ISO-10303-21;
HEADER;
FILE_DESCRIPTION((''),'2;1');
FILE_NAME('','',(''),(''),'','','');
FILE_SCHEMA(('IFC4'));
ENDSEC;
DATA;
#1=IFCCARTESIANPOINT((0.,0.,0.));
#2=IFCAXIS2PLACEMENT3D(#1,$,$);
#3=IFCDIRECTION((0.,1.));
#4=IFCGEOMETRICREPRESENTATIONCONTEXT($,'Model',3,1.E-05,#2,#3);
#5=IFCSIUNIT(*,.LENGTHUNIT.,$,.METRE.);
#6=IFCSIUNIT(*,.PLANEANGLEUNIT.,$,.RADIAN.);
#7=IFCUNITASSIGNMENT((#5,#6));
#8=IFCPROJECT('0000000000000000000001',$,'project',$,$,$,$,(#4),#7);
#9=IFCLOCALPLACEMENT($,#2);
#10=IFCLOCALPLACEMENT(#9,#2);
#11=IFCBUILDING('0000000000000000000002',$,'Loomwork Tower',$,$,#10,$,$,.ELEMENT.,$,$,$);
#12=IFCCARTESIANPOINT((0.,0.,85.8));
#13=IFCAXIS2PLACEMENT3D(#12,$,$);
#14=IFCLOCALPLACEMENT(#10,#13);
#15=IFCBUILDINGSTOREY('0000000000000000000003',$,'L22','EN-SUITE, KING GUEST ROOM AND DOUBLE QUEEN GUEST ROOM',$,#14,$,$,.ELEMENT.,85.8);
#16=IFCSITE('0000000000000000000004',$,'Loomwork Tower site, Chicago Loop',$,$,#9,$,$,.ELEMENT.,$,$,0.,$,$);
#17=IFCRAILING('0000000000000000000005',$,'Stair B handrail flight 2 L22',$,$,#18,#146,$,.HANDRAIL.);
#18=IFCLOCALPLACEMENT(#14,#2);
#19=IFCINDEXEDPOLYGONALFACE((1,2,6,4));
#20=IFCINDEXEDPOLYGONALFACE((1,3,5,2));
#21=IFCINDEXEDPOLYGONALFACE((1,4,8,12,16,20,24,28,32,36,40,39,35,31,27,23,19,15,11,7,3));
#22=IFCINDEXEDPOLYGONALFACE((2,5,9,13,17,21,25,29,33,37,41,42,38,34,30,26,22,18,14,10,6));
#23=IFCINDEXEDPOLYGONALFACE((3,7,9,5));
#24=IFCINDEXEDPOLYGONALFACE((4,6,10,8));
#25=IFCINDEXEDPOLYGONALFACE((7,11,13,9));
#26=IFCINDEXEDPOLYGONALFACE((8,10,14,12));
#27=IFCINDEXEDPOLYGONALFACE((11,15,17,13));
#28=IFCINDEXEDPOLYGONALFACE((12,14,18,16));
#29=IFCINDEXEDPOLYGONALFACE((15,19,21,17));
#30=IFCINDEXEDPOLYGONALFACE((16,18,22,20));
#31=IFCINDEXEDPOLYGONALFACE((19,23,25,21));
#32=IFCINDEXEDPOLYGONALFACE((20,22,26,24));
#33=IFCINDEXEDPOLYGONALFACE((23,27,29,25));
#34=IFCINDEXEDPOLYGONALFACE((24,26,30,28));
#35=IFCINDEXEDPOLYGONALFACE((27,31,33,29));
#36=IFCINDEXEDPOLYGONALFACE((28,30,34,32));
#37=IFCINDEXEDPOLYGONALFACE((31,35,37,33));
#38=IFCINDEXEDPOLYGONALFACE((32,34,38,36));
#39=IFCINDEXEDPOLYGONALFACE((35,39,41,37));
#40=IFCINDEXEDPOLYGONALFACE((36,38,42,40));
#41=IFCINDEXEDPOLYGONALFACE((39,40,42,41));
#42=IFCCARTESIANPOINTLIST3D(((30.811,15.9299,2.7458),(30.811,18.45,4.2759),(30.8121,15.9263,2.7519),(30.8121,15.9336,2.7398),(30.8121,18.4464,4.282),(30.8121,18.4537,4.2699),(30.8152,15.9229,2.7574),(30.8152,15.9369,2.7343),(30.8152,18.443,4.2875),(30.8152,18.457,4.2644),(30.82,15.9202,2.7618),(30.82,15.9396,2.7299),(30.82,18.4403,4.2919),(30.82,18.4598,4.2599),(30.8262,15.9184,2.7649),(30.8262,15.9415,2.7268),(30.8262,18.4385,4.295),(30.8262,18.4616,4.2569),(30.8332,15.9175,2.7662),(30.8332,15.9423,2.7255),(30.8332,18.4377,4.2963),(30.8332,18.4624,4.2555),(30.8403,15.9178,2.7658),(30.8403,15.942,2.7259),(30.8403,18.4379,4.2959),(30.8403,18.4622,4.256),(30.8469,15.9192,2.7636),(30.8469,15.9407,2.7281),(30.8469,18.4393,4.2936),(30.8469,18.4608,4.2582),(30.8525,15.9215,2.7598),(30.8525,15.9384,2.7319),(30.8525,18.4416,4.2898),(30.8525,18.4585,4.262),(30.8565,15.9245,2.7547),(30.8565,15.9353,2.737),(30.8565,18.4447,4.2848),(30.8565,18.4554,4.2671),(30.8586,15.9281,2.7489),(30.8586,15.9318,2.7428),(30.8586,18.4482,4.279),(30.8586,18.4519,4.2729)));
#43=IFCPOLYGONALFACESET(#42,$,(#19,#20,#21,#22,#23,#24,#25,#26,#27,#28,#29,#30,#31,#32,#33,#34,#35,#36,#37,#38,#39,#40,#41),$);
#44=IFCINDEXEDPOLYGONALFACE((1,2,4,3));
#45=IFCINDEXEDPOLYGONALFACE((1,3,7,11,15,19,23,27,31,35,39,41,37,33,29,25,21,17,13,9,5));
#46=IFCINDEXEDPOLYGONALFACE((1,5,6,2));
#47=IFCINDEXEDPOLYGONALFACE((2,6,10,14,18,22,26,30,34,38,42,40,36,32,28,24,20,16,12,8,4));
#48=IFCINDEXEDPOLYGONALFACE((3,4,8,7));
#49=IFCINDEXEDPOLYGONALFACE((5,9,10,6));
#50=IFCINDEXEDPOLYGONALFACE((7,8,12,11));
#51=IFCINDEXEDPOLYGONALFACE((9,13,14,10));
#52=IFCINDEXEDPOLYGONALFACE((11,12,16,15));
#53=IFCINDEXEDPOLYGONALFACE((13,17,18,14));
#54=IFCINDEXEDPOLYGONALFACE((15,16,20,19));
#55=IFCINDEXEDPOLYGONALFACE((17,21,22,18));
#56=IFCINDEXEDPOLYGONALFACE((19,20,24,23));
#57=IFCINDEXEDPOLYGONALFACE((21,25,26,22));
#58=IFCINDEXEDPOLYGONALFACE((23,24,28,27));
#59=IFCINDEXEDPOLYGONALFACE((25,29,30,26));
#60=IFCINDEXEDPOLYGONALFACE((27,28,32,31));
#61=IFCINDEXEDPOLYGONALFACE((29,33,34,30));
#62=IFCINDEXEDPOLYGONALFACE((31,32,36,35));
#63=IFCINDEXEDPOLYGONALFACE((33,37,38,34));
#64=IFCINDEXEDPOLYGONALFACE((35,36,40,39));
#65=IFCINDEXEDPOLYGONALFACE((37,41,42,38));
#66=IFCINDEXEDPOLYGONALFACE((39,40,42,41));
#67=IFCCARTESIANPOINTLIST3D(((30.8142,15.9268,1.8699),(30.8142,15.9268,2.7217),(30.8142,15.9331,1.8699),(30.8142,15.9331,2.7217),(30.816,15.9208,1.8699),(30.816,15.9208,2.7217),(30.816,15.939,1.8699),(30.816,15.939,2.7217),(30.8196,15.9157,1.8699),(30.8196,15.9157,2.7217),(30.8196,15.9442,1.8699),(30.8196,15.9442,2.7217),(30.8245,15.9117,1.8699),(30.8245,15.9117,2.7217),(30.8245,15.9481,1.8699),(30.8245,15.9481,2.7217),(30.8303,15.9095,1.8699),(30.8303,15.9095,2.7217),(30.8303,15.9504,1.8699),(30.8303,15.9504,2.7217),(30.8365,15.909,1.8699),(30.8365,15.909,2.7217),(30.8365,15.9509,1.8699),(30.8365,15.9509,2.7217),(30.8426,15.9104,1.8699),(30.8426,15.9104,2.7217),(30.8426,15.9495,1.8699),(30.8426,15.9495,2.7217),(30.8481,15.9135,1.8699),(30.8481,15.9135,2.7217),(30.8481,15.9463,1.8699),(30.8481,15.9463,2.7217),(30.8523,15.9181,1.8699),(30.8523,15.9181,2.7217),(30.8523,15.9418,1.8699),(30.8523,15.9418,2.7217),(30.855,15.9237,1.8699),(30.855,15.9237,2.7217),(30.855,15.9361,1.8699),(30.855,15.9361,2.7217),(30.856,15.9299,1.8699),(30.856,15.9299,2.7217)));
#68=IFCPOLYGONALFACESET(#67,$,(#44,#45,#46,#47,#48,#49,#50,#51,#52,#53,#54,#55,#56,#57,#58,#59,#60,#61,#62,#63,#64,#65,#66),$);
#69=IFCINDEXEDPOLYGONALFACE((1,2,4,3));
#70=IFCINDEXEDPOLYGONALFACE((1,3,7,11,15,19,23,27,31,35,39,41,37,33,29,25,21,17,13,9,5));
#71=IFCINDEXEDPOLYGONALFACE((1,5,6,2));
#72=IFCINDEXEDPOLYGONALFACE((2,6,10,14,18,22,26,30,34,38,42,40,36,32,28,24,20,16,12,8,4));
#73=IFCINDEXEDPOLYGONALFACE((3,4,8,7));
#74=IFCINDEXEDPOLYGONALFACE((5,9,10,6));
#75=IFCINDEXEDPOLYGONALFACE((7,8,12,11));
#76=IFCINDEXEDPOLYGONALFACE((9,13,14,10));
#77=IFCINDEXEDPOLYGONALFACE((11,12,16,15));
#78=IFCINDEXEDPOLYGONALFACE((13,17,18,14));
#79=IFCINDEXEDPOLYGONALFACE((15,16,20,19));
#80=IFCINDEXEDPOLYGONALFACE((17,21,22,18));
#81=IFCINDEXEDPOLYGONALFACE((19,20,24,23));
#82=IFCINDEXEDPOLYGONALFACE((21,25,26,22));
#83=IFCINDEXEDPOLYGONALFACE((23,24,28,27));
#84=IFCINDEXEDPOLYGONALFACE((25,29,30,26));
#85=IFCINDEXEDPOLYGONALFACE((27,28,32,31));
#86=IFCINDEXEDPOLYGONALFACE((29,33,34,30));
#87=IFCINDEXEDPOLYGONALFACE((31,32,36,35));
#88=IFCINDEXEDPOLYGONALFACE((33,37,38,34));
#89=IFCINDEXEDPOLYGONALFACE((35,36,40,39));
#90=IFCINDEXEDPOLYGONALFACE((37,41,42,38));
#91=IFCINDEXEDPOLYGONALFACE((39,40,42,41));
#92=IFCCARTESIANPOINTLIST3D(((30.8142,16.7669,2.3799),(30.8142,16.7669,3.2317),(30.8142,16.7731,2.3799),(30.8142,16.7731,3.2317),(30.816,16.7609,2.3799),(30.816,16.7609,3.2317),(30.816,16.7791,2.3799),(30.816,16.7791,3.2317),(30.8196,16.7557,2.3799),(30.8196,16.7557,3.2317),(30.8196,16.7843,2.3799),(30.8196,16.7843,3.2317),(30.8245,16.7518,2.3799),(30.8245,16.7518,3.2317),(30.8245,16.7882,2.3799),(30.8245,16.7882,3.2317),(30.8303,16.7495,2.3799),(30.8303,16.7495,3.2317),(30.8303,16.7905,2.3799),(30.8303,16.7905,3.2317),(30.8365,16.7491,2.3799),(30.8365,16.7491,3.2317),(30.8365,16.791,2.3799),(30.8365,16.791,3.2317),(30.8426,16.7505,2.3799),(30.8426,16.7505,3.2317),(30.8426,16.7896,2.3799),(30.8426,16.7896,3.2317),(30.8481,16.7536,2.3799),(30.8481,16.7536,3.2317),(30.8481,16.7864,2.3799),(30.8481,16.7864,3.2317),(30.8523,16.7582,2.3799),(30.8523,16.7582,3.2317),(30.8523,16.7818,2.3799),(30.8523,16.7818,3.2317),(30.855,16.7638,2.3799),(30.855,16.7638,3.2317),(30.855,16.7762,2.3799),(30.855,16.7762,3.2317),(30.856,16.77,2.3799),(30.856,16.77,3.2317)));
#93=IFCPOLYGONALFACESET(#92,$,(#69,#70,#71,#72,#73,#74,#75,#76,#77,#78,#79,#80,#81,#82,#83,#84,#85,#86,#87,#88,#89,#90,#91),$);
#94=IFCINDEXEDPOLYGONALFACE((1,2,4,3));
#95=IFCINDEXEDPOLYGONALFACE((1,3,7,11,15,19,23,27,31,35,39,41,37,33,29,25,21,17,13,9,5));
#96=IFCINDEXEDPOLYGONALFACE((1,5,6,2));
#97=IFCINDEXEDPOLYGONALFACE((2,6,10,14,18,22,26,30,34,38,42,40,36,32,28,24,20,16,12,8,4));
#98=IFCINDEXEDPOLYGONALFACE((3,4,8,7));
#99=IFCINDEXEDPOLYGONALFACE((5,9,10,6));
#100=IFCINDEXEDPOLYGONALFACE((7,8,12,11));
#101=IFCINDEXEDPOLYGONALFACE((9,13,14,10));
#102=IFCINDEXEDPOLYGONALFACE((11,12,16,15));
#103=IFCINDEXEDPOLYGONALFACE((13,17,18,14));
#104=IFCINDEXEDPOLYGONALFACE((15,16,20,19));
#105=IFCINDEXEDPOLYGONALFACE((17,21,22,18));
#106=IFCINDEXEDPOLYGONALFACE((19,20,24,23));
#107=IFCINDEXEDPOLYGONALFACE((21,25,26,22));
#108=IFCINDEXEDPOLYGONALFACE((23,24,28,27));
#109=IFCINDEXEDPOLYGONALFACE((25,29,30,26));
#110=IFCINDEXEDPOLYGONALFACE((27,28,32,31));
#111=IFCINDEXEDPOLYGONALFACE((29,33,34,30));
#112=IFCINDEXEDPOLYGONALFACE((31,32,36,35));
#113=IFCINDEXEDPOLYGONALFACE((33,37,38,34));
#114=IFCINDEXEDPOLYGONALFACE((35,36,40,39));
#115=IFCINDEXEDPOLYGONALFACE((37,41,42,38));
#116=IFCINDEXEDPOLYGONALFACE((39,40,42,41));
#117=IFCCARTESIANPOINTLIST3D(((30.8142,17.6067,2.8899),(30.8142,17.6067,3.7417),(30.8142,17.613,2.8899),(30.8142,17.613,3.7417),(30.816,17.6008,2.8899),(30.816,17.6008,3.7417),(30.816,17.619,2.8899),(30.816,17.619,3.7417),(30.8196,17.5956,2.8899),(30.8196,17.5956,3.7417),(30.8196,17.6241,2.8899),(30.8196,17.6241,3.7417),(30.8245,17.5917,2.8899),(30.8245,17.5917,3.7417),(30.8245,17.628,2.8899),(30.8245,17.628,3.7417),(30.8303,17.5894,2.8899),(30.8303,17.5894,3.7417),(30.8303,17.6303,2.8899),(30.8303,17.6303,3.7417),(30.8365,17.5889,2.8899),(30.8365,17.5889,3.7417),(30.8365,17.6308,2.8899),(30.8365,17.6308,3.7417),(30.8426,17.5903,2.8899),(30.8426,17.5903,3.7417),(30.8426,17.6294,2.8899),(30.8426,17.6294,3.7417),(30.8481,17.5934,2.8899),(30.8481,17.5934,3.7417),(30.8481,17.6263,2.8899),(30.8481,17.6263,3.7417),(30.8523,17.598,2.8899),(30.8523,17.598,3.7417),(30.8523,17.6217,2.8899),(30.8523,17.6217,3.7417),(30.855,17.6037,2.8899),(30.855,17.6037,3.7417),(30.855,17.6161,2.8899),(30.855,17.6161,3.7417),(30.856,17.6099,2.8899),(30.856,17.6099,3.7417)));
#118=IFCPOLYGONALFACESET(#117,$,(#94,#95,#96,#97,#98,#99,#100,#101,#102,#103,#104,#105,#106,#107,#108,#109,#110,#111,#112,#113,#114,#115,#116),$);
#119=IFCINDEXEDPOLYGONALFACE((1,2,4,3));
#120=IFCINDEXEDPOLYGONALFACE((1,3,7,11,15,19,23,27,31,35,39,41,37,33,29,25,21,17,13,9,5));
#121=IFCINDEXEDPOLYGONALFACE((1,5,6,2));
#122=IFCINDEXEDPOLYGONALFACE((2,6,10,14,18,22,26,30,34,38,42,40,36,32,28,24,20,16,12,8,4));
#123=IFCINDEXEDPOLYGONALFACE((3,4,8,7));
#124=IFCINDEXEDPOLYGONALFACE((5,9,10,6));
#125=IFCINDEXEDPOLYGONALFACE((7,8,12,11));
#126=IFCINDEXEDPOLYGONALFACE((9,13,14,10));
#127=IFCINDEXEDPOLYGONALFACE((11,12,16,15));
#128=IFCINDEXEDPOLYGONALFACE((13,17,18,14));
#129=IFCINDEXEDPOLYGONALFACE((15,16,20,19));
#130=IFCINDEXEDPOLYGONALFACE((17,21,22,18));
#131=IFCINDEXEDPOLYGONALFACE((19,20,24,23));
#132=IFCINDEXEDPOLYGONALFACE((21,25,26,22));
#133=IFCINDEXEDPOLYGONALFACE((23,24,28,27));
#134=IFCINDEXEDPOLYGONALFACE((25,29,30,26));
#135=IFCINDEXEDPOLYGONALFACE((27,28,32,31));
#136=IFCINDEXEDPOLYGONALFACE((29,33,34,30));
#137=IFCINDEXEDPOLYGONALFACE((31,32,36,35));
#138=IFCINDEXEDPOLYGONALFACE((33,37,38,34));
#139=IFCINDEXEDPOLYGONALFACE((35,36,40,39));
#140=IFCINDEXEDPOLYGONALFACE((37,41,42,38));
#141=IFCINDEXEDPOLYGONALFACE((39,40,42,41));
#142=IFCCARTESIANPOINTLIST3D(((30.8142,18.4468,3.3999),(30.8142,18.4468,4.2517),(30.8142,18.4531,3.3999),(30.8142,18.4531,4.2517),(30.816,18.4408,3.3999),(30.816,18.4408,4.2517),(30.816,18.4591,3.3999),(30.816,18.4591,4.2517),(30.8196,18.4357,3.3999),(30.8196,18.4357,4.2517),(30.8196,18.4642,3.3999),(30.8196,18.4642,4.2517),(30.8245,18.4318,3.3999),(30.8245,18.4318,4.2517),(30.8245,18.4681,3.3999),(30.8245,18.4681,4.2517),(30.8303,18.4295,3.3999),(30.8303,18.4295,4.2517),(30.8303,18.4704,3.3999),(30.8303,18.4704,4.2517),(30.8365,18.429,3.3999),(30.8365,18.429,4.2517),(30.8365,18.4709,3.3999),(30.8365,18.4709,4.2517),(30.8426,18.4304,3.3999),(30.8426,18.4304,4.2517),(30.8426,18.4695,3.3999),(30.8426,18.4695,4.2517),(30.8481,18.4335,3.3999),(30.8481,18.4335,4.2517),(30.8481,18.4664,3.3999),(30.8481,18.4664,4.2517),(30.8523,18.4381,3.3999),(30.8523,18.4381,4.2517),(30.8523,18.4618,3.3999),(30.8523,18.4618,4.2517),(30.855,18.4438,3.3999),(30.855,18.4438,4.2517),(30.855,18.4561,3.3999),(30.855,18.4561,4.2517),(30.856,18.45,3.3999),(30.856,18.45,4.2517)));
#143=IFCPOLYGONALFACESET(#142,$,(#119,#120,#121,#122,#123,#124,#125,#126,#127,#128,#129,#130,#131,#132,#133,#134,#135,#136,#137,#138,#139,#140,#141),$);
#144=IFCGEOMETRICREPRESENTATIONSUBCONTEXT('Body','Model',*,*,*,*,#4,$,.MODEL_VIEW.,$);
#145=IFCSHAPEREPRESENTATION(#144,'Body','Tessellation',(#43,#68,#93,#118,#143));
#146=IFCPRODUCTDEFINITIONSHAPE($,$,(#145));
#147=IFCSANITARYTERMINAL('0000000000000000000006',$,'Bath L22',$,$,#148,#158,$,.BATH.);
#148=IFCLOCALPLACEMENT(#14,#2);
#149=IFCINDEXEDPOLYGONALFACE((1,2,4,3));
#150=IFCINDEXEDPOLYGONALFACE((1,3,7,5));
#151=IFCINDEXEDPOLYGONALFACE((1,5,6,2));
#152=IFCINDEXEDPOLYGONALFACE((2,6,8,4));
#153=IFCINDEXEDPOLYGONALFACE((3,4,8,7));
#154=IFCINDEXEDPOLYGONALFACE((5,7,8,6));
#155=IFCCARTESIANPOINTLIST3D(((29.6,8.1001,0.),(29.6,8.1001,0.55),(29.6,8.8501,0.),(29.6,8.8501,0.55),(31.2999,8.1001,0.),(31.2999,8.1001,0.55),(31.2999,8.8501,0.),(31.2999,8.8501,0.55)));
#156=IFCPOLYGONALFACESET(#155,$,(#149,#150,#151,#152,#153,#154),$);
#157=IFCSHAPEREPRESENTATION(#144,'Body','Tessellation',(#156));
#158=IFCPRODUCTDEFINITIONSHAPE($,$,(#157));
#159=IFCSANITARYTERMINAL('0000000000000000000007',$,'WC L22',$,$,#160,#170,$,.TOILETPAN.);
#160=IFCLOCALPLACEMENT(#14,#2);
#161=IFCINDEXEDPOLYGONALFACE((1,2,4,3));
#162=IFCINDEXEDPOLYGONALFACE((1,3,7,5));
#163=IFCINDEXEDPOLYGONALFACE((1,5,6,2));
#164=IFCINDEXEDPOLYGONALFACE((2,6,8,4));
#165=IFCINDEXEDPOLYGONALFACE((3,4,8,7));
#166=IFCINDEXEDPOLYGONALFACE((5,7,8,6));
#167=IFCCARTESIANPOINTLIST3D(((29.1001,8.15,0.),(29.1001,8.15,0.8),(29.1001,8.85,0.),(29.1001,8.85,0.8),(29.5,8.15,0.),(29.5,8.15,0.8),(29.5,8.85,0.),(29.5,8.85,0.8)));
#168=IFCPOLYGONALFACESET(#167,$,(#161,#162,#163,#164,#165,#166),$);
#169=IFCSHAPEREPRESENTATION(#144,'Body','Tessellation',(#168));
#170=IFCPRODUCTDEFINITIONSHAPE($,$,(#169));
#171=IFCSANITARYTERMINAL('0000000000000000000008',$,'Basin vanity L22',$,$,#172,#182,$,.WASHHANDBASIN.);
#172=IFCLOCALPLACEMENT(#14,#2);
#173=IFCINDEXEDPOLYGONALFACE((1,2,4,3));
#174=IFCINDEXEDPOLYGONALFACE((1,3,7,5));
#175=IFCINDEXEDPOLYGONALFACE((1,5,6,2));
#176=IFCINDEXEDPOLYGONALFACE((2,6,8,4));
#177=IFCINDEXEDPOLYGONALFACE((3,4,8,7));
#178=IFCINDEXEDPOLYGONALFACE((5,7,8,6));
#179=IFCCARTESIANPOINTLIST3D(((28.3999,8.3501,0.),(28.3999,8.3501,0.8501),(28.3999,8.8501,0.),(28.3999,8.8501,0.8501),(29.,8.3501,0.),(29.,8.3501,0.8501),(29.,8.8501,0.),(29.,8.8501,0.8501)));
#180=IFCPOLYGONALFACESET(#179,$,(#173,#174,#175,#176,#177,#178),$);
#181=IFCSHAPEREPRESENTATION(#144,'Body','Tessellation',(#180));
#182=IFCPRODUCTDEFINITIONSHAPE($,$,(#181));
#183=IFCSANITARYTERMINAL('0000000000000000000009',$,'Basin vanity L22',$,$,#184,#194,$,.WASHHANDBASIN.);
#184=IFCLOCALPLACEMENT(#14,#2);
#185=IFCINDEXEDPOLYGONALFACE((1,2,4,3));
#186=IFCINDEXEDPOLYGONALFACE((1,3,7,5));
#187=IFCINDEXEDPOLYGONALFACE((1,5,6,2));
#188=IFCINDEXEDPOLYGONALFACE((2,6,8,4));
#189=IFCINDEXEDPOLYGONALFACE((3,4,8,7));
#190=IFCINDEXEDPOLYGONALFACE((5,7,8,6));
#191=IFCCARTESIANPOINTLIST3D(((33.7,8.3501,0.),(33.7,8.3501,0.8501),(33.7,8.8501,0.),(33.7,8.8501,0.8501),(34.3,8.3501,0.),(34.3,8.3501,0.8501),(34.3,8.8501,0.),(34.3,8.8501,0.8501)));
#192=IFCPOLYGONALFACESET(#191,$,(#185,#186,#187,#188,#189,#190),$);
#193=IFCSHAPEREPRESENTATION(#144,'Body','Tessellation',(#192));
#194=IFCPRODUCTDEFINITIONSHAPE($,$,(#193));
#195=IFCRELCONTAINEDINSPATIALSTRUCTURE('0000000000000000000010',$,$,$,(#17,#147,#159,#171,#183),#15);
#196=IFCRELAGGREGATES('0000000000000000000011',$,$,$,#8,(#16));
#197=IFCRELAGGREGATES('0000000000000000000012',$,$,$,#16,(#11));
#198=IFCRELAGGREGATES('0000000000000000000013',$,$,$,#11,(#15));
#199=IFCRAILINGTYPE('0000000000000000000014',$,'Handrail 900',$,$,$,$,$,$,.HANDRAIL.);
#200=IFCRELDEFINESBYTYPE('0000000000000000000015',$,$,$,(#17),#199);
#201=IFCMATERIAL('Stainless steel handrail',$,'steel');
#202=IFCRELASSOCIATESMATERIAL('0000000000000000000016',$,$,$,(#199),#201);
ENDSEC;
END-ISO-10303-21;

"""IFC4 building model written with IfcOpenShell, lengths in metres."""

from ifc_helpers import new_model, si_unit, direction, frame, origin, origin_2d, place, context, subcontext, project, spatial, rectangle, circle, extrude, material, type_object, element, save


model = new_model("IFC4")

# Units and contexts
model_context = context("Model", 3, precision=1e-05, world=origin(), true_north=direction((0.0, 1.0)))
body_context = subcontext(model_context, "Body", "Model", "MODEL_VIEW")
ifc_project = project(units=[si_unit("LENGTHUNIT", "METRE"), si_unit("PLANEANGLEUNIT", "RADIAN")], contexts=[model_context])

# Site, building, storey
site_placement = place(None, origin())
site = spatial("IfcSite", under=ifc_project, at=site_placement, Name="Loomwork Tower site, Chicago Loop", CompositionType="ELEMENT", RefElevation=0.0)
building_placement = place(site_placement, origin())
building = spatial("IfcBuilding", under=site, at=building_placement, Name="Loomwork Tower", CompositionType="ELEMENT")
storey_placement = place(building_placement, frame((0.0, 0.0, 85.8)))
storey = spatial("IfcBuildingStorey", under=building, at=storey_placement, Name="L22", Description="EN-SUITE, KING GUEST ROOM AND DOUBLE QUEEN GUEST ROOM", CompositionType="ELEMENT", Elevation=85.8)

# Railing
ifc_material_1 = material(Name="Stainless steel handrail", Category="steel")
railing_type = type_object("IfcRailingType", Name="Handrail 900", PredefinedType="HANDRAIL", material=ifc_material_1)
railing_placement = place(storey_placement, frame((30.835, 15.9299, 1.8699)))
element("IfcRailing", 1, at=railing_placement, inside=storey, type_object=railing_type, Name="Stair B handrail flight 2 L22", PredefinedType="HANDRAIL", context=body_context, shape_type="SweptSolid", body=[
    extrude(circle(Radius=0.0239, at=origin_2d()), frame((0.0, 0.0, 0.876), z_axis=(0.0, 0.854785, 0.518982), x_axis=(-1.0, 0.0, 0.0)), (0.0, 0.0, 1.0), 2.9482),
    extrude(circle(Radius=0.021, at=origin_2d()), origin(), (0.0, 0.0, 1.0), 0.8518),
    extrude(circle(Radius=0.021, at=origin_2d()), frame((0.0, 0.8401, 0.51)), (0.0, 0.0, 1.0), 0.8518),
    extrude(circle(Radius=0.021, at=origin_2d()), frame((0.0, 1.6799, 1.02)), (0.0, 0.0, 1.0), 0.8518),
    extrude(circle(Radius=0.021, at=origin_2d()), frame((0.0, 2.52, 1.53)), (0.0, 0.0, 1.0), 0.8518),
])

# Sanitary terminals
sanitary_terminal_1_placement = place(storey_placement, frame((30.45, 8.4751, 0.0), z_axis=(0.0, 0.0, 1.0), x_axis=(1.0, 0.0, 0.0)))
element("IfcSanitaryTerminal", 2, at=sanitary_terminal_1_placement, inside=storey, Name="Bath L22", PredefinedType="BATH", context=body_context, shape_type="SweptSolid", body=[
    extrude(rectangle(XDim=1.7, YDim=0.75, at=origin_2d()), origin(), (0.0, 0.0, 1.0), 0.55),
])
sanitary_terminal_2_placement = place(storey_placement, frame((29.3, 8.5, 0.0), z_axis=(0.0, 0.0, 1.0), x_axis=(1.0, 0.0, 0.0)))
element("IfcSanitaryTerminal", 3, at=sanitary_terminal_2_placement, inside=storey, Name="WC L22", PredefinedType="TOILETPAN", context=body_context, shape_type="SweptSolid", body=[
    extrude(rectangle(XDim=0.3999, YDim=0.7, at=origin_2d()), origin(), (0.0, 0.0, 1.0), 0.8),
])
for number, where, z_axis, x_axis, name in (
    (4, (28.7, 8.6001, 0.0), (0.0, 0.0, 1.0), (1.0, 0.0, 0.0), "Basin vanity L22"),
    (5, (34.0, 8.6001, 0.0), (0.0, 0.0, 1.0), (1.0, 0.0, 0.0), "Basin vanity L22"),
):
    element("IfcSanitaryTerminal", number, at=place(storey_placement, frame(where, z_axis=z_axis, x_axis=x_axis)), inside=storey, Name=name, PredefinedType="WASHHANDBASIN", context=body_context, shape_type="SweptSolid", body=[
        extrude(rectangle(XDim=0.6001, YDim=0.5, at=origin_2d()), origin(), (0.0, 0.0, 1.0), 0.8501),
    ])

save(model, "model.ifc")
